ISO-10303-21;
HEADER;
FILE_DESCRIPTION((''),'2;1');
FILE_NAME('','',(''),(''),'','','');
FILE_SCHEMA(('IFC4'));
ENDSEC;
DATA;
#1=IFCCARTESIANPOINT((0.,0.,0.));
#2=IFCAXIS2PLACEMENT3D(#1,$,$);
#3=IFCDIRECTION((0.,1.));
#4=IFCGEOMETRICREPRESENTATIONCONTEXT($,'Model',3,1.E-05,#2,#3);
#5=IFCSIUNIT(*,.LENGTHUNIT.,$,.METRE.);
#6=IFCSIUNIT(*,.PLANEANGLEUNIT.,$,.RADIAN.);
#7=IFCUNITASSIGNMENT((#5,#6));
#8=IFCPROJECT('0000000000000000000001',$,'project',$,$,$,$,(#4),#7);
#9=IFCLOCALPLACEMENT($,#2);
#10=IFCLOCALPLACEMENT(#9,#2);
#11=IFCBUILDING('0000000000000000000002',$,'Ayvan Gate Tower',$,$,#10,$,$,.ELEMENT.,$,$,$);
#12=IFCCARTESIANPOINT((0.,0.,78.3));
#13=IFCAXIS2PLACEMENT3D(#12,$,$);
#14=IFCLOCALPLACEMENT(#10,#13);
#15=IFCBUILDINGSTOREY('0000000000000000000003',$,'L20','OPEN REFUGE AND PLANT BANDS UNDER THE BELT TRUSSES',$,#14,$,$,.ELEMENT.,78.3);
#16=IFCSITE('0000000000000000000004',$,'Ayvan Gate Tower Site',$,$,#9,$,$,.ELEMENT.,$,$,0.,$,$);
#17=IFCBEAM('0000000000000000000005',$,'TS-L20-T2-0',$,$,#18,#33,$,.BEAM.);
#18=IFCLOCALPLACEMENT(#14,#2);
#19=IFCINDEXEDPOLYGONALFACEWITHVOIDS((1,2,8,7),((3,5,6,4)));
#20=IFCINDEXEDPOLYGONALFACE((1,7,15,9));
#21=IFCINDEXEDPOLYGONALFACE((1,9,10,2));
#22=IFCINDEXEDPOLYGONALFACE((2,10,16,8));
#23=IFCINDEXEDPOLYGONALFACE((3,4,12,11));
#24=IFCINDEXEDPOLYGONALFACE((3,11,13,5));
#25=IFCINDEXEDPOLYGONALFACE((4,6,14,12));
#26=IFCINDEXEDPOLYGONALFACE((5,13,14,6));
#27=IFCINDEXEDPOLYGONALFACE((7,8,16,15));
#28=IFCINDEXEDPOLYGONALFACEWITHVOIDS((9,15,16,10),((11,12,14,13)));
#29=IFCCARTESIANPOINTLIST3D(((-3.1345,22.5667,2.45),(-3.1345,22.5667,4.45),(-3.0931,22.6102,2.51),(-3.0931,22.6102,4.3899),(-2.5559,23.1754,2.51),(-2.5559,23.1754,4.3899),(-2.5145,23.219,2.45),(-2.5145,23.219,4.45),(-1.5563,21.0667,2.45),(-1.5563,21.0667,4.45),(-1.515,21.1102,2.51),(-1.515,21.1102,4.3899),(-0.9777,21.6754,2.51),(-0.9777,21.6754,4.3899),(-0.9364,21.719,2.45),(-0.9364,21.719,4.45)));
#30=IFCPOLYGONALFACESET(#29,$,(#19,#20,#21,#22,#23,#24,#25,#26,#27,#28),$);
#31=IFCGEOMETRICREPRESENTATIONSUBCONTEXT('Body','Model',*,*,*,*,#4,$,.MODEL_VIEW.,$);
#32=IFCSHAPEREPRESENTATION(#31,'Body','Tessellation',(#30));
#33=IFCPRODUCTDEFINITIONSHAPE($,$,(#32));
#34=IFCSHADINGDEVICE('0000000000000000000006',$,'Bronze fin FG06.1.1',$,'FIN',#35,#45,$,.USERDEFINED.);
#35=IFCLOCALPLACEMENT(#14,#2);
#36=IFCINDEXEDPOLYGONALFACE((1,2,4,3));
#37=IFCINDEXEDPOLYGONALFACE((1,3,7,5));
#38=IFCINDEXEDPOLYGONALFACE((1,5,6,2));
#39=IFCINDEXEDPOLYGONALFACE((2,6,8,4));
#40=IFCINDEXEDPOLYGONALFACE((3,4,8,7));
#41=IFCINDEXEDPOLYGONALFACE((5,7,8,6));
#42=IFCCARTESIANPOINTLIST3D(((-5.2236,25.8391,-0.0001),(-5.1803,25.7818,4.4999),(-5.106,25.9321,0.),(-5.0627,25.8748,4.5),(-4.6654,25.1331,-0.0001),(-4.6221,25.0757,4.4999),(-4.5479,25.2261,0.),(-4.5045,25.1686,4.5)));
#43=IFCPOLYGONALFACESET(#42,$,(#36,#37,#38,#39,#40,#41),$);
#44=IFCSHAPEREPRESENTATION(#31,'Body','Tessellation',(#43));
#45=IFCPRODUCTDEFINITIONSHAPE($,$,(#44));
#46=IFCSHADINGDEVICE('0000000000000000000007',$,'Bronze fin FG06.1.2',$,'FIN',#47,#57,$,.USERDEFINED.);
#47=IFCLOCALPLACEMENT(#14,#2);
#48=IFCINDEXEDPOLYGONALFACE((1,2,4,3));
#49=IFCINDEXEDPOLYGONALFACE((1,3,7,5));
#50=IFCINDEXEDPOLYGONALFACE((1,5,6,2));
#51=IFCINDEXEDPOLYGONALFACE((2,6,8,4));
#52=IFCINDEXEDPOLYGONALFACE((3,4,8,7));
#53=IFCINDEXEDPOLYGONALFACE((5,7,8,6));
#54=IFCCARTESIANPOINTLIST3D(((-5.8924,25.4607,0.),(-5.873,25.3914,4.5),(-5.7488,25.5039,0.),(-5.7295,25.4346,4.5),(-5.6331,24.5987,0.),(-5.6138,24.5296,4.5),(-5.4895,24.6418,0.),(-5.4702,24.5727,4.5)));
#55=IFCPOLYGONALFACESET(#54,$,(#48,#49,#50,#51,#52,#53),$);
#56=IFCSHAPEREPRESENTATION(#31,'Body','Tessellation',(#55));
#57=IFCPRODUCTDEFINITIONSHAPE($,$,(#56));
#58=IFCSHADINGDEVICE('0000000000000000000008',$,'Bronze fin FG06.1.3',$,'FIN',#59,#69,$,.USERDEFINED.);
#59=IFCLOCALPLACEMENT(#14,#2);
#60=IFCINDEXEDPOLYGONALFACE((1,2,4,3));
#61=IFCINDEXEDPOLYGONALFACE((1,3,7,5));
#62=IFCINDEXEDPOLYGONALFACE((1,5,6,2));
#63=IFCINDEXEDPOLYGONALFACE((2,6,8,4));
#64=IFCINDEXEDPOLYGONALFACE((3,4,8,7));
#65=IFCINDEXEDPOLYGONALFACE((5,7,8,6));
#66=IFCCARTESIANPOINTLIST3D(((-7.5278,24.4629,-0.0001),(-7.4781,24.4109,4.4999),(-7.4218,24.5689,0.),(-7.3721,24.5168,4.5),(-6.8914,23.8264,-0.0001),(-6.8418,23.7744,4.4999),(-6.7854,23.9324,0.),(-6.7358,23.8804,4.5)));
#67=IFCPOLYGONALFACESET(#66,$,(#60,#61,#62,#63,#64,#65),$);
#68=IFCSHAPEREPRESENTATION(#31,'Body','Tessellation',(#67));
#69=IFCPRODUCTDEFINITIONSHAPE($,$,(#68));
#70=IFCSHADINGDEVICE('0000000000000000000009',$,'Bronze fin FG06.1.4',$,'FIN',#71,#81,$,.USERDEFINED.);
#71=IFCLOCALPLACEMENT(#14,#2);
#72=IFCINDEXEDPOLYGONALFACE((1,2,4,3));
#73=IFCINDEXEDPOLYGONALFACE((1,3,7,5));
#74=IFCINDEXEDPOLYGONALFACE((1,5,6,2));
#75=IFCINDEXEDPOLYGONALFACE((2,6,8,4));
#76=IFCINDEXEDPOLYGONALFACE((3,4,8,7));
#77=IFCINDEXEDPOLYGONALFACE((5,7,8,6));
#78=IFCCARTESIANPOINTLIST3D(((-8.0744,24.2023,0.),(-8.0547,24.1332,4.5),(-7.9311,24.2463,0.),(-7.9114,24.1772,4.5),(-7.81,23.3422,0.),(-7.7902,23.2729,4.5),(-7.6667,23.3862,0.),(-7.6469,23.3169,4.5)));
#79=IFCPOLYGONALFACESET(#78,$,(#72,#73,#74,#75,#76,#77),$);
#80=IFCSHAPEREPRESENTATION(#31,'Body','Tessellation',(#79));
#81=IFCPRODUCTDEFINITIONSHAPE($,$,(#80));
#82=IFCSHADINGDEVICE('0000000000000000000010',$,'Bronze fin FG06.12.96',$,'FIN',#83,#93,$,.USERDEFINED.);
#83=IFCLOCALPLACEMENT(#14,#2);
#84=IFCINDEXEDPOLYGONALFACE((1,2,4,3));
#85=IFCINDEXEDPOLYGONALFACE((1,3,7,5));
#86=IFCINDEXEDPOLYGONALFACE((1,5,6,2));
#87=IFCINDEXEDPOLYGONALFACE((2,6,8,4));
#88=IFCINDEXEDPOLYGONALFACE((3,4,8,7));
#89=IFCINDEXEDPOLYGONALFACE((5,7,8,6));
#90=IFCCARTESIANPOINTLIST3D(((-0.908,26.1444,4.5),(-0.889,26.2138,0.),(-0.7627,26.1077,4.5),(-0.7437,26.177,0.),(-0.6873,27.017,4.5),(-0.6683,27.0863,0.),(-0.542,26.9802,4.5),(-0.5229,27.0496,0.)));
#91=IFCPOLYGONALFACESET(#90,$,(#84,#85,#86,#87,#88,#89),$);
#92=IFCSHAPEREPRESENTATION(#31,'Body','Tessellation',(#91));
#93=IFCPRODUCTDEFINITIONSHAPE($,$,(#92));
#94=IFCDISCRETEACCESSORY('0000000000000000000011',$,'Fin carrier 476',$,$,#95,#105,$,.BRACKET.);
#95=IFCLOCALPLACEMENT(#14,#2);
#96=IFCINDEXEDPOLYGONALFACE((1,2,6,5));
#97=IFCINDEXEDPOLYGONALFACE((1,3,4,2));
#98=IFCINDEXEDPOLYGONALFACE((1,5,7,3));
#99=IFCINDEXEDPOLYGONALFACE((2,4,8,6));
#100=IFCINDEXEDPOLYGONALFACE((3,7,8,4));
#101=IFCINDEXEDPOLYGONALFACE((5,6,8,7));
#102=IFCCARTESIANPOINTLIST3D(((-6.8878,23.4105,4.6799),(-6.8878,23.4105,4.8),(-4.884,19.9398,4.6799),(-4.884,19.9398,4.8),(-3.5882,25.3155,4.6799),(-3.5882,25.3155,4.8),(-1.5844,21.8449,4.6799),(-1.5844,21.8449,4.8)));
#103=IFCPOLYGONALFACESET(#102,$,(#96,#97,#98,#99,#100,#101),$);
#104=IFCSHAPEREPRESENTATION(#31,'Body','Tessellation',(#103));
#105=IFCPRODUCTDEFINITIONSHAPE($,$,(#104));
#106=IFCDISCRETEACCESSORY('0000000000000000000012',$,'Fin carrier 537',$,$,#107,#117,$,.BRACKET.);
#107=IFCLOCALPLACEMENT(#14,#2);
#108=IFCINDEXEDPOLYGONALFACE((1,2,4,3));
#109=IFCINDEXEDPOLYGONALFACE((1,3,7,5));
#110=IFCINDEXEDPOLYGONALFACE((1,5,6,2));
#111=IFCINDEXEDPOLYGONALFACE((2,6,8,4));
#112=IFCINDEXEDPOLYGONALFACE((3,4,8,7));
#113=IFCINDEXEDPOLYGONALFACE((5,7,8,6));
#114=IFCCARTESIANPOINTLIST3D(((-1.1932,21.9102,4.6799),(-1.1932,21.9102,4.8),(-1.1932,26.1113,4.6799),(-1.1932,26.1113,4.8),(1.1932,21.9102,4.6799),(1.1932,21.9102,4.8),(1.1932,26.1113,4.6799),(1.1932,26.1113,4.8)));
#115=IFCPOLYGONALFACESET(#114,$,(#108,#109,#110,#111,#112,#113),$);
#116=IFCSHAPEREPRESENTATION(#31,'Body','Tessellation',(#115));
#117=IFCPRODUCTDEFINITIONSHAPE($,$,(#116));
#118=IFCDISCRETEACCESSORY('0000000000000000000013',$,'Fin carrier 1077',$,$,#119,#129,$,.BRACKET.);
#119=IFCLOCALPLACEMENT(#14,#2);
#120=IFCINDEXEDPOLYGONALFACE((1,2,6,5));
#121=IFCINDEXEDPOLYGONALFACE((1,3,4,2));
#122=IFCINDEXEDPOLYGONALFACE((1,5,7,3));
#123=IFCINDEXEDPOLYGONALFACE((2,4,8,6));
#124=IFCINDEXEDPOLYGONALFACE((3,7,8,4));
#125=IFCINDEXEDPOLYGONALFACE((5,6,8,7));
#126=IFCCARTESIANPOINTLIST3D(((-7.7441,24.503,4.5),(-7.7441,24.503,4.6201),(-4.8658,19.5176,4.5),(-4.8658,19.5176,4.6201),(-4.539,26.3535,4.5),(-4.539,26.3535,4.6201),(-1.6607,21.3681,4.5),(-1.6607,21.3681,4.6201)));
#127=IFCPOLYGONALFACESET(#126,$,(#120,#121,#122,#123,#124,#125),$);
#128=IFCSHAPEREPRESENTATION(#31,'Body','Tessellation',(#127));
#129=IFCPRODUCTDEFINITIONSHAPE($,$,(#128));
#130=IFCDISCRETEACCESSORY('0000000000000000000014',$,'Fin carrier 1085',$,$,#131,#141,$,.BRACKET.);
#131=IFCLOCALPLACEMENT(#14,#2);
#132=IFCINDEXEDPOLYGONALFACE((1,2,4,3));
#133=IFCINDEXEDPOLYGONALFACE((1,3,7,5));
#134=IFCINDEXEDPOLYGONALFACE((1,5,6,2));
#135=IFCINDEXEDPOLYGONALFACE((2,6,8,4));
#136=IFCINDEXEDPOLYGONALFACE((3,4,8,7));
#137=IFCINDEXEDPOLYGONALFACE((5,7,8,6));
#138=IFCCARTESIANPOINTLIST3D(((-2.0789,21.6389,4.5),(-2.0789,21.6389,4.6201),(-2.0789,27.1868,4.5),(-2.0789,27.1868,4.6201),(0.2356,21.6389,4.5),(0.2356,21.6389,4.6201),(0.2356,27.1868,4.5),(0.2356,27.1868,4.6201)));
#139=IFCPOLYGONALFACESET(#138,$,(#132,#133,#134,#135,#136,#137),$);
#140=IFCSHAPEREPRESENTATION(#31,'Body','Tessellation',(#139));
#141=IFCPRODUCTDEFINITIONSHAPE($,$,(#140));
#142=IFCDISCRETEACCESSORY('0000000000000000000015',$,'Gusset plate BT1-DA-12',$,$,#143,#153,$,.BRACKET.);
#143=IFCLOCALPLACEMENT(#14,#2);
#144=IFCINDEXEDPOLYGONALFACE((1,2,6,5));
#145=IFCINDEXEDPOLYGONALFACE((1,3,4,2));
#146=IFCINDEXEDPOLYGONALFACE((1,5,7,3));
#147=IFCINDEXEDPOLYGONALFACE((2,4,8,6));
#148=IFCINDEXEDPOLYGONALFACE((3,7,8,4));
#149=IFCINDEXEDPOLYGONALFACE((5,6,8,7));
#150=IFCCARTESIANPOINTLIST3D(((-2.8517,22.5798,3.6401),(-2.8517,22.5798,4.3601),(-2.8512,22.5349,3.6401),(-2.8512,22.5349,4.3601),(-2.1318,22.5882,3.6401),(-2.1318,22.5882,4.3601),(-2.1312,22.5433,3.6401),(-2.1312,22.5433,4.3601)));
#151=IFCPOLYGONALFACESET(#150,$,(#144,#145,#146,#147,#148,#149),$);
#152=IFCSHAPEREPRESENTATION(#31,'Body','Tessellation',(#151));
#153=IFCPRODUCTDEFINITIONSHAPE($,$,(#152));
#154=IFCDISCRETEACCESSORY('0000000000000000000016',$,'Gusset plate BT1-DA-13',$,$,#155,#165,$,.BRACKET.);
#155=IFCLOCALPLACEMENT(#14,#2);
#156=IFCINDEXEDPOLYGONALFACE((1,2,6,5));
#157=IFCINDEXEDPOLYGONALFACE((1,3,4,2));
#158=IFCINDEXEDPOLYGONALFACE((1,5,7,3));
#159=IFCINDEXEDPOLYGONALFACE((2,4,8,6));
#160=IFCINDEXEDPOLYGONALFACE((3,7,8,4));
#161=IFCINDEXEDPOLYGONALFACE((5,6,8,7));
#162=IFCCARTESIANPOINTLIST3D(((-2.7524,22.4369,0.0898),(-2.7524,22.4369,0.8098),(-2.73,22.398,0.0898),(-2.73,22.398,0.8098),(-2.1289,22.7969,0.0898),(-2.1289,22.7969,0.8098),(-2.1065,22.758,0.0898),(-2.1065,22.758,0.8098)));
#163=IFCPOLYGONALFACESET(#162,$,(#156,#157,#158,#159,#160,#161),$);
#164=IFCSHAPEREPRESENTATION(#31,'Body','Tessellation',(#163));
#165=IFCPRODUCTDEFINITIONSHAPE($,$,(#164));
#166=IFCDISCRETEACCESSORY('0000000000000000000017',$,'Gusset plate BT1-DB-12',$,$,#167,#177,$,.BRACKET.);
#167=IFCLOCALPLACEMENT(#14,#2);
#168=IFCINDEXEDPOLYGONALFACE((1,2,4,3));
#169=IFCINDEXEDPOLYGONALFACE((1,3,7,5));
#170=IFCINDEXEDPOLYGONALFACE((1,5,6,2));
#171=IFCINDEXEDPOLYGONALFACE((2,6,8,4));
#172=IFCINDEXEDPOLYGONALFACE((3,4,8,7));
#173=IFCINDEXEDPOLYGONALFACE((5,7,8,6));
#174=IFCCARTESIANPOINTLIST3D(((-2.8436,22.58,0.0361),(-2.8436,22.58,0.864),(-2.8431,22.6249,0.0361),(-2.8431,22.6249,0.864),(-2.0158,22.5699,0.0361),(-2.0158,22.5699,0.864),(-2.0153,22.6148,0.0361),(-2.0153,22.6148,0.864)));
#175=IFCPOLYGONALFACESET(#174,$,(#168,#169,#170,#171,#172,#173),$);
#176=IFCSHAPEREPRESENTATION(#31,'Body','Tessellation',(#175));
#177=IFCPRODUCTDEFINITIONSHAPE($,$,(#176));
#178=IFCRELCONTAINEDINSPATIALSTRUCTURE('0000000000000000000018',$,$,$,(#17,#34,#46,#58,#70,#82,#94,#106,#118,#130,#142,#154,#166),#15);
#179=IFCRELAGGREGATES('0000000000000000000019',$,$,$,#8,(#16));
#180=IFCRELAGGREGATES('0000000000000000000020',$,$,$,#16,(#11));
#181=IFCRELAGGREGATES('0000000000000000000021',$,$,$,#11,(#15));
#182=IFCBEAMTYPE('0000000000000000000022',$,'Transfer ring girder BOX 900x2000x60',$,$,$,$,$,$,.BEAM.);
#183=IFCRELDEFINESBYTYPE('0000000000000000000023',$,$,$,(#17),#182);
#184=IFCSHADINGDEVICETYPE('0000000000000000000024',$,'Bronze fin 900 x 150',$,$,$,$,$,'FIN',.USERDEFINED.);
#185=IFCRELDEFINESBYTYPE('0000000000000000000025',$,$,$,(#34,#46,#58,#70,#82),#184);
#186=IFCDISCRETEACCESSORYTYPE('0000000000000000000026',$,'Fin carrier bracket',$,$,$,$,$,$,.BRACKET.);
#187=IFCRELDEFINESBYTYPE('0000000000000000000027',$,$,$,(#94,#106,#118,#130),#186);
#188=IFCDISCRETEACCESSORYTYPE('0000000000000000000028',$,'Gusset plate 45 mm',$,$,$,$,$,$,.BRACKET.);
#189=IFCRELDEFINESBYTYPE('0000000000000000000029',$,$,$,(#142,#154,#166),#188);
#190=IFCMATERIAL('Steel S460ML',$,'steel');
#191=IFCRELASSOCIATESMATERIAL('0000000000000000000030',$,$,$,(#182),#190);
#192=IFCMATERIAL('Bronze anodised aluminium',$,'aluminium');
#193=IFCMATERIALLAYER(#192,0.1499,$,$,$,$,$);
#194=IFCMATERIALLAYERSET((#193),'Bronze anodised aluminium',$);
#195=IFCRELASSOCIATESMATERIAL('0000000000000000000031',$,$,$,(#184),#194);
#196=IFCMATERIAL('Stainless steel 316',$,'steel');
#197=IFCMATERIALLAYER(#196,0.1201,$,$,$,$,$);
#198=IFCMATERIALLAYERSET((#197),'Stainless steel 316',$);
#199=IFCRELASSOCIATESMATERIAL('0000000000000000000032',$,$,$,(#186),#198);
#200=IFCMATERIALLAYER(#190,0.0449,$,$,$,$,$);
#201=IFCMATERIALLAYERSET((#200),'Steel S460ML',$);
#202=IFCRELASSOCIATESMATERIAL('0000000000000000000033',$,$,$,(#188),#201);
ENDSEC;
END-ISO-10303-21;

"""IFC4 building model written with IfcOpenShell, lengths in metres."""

from ifc_helpers import new_model, si_unit, direction, frame, origin, origin_2d, place, context, subcontext, project, spatial, polyline, rectangle, hollow_rectangle, outline, extrude, material, layer, layer_set, material_profile, profile_set, type_object, element, save


model = new_model("IFC4")

# Units and contexts
model_context = context("Model", 3, precision=1e-05, world=origin(), true_north=direction((0.0, 1.0)))
body_context = subcontext(model_context, "Body", "Model", "MODEL_VIEW")
ifc_project = project(units=[si_unit("LENGTHUNIT", "METRE"), si_unit("PLANEANGLEUNIT", "RADIAN")], contexts=[model_context])

# Site, building, storey
site_placement = place(None, origin())
site = spatial("IfcSite", under=ifc_project, at=site_placement, Name="Ayvan Gate Tower Site", CompositionType="ELEMENT", RefElevation=0.0)
building_placement = place(site_placement, origin())
building = spatial("IfcBuilding", under=site, at=building_placement, Name="Ayvan Gate Tower", CompositionType="ELEMENT")
storey_placement = place(building_placement, frame((0.0, 0.0, 78.3)))
storey = spatial("IfcBuildingStorey", under=building, at=storey_placement, Name="L20", Description="OPEN REFUGE AND PLANT BANDS UNDER THE BELT TRUSSES", CompositionType="ELEMENT", Elevation=78.3)

# Shared definitions
ifc_material_1 = material(Name="Steel S460ML", Category="steel")

# Beam
ifc_material_profile_1 = material_profile(ifc_material_1, hollow_rectangle(XDim=0.8999, YDim=2.0, WallThickness=0.0601, at=origin_2d()), Name="BOX 900x2000x60")
ifc_profile_set_1 = profile_set([ifc_material_profile_1], Name="Steel S460ML")
beam_type_1 = type_object("IfcBeamType", Name="Transfer ring girder BOX 900x2000x60", PredefinedType="BEAM", material=ifc_profile_set_1)
beam_1_placement = place(storey_placement, frame((-2.8245, 22.8928, 3.45), z_axis=(0.72482, -0.688938, 0.0), x_axis=(0.688938, 0.72482, 0.0)))
element("IfcBeam", 1, at=beam_1_placement, inside=storey, type_object=beam_type_1, Name="TS-L20-T2-0", PredefinedType="BEAM", context=body_context, shape_type="SweptSolid", body=[
    extrude(hollow_rectangle(XDim=0.8999, YDim=2.0, WallThickness=0.0601, at=origin_2d()), origin(), (0.0, 0.0, 1.0), 2.1772),
])

# Shading devices
ifc_material_2 = material(Name="Bronze anodised aluminium", Category="aluminium")
ifc_layer_1 = layer(ifc_material_2, 0.1499)
ifc_layer_set_1 = layer_set([ifc_layer_1], Name="Bronze anodised aluminium")
shading_device_type = type_object("IfcShadingDeviceType", Name="Bronze fin 900 x 150", ElementType="FIN", PredefinedType="USERDEFINED", material=ifc_layer_set_1)
shading_device_1_placement = place(storey_placement, frame((-4.5479, 25.2261, 0.0), z_axis=(0.784442, 0.620203, 0.000353), x_axis=(-0.620203, 0.784442, 0.0)))
element("IfcShadingDevice", 2, at=shading_device_1_placement, inside=storey, type_object=shading_device_type, Name="Bronze fin FG06.1.1", ObjectType="FIN", PredefinedType="USERDEFINED", context=body_context, shape_type="SweptSolid", body=[
    extrude(outline(polyline([(0.0, 0.0), (0.9, 0.0), (0.8282, 4.5), (-0.072, 4.5), (0.0, 0.0)])), origin(), (0.0, 0.0, -1.0), 0.1499),
])
shading_device_2_placement = place(storey_placement, frame((-5.4895, 24.6418, 0.0), z_axis=(0.957613, 0.288057, 0.000326), x_axis=(-0.288057, 0.957613, 0.0)))
element("IfcShadingDevice", 3, at=shading_device_2_placement, inside=storey, type_object=shading_device_type, Name="Bronze fin FG06.1.2", ObjectType="FIN", PredefinedType="USERDEFINED", context=body_context, shape_type="SweptSolid", body=[
    extrude(outline(polyline([(0.0, 0.0), (0.9002, 0.0), (0.8283, 4.5), (-0.0717, 4.5), (0.0, 0.0)])), origin(), (0.0, 0.0, -1.0), 0.1499),
])
shading_device_3_placement = place(storey_placement, frame((-6.7854, 23.9324, 0.0), z_axis=(0.707175, 0.707039, 0.000363), x_axis=(-0.707039, 0.707175, 0.0)))
element("IfcShadingDevice", 4, at=shading_device_3_placement, inside=storey, type_object=shading_device_type, Name="Bronze fin FG06.1.3", ObjectType="FIN", PredefinedType="USERDEFINED", context=body_context, shape_type="SweptSolid", body=[
    extrude(outline(polyline([(0.0, 0.0), (0.9001, 0.0), (0.8281, 4.5), (-0.0718, 4.5), (0.0, 0.0)])), origin(), (0.0, 0.0, -1.0), 0.1499),
])
shading_device_4_placement = place(storey_placement, frame((-7.6667, 23.3862, 0.0), z_axis=(0.955867, 0.2938, 0.000318), x_axis=(-0.2938, 0.955867, 0.0)))
element("IfcShadingDevice", 5, at=shading_device_4_placement, inside=storey, type_object=shading_device_type, Name="Bronze fin FG06.1.4", ObjectType="FIN", PredefinedType="USERDEFINED", context=body_context, shape_type="SweptSolid", body=[
    extrude(outline(polyline([(0.0, 0.0), (0.8998, 0.0), (0.828, 4.5), (-0.0721, 4.5), (0.0, 0.0)])), origin(), (0.0, 0.0, -1.0), 0.1499),
])
shading_device_5_placement = place(storey_placement, frame((-0.7437, 26.177, 0.0), z_axis=(0.969469, -0.245215, 0.000324), x_axis=(0.245215, 0.969469, 0.0)))
element("IfcShadingDevice", 6, at=shading_device_5_placement, inside=storey, type_object=shading_device_type, Name="Bronze fin FG06.12.96", ObjectType="FIN", PredefinedType="USERDEFINED", context=body_context, shape_type="SweptSolid", body=[
    extrude(outline(polyline([(0.0, 0.0), (0.9, 0.0), (0.8281, 4.5), (-0.0719, 4.5), (0.0, 0.0)])), origin(), (0.0, 0.0, -1.0), 0.1499),
])

# Discrete accessories
ifc_material_3 = material(Name="Stainless steel 316", Category="steel")
ifc_layer_2 = layer(ifc_material_3, 0.1201)
ifc_layer_set_2 = layer_set([ifc_layer_2], Name="Stainless steel 316")
discrete_accessory_type_1 = type_object("IfcDiscreteAccessoryType", Name="Fin carrier bracket", PredefinedType="BRACKET", material=ifc_layer_set_2)
discrete_accessory_1_placement = place(storey_placement, frame((-4.2361, 22.6277, 4.6799), z_axis=(0.0, 0.0, 1.0), x_axis=(-0.866025, -0.5, 0.0)))
element("IfcDiscreteAccessory", 7, at=discrete_accessory_1_placement, inside=storey, type_object=discrete_accessory_type_1, Name="Fin carrier 476", PredefinedType="BRACKET", context=body_context, shape_type="SweptSolid", body=[
    extrude(rectangle(XDim=3.8101, YDim=4.0076, at=origin_2d()), origin(), (0.0, 0.0, 1.0), 0.1201),
])
discrete_accessory_2_placement = place(storey_placement, frame((0.0, 24.0107, 4.6799), z_axis=(0.0, 0.0, 1.0), x_axis=(-1.0, 0.0, 0.0)))
element("IfcDiscreteAccessory", 8, at=discrete_accessory_2_placement, inside=storey, type_object=discrete_accessory_type_1, Name="Fin carrier 537", PredefinedType="BRACKET", context=body_context, shape_type="SweptSolid", body=[
    extrude(rectangle(XDim=2.3865, YDim=4.2012, at=origin_2d()), origin(), (0.0, 0.0, 1.0), 0.1201),
])
discrete_accessory_3_placement = place(storey_placement, frame((-4.7024, 22.9355, 4.5), z_axis=(0.0, 0.0, 1.0), x_axis=(-0.866025, -0.5, 0.0)))
element("IfcDiscreteAccessory", 9, at=discrete_accessory_3_placement, inside=storey, type_object=discrete_accessory_type_1, Name="Fin carrier 1077", PredefinedType="BRACKET", context=body_context, shape_type="SweptSolid", body=[
    extrude(rectangle(XDim=3.7009, YDim=5.7566, at=origin_2d()), origin(), (0.0, 0.0, 1.0), 0.1201),
])
discrete_accessory_4_placement = place(storey_placement, frame((-0.9216, 24.4128, 4.5), z_axis=(0.0, 0.0, 1.0), x_axis=(-1.0, 0.0, 0.0)))
element("IfcDiscreteAccessory", 10, at=discrete_accessory_4_placement, inside=storey, type_object=discrete_accessory_type_1, Name="Fin carrier 1085", PredefinedType="BRACKET", context=body_context, shape_type="SweptSolid", body=[
    extrude(rectangle(XDim=2.3145, YDim=5.5479, at=origin_2d()), origin(), (0.0, 0.0, 1.0), 0.1201),
])
ifc_layer_3 = layer(ifc_material_1, 0.0449)
ifc_layer_set_3 = layer_set([ifc_layer_3], Name="Steel S460ML")
discrete_accessory_type_2 = type_object("IfcDiscreteAccessoryType", Name="Gusset plate 45 mm", PredefinedType="BRACKET", material=ifc_layer_set_3)
for number, where, z_axis, x_axis, name in (
    (11, (-2.4915, 22.5615, 3.6401), (0.0, 0.0, 1.0), (0.999932, 0.011683, 0.0), "Gusset plate BT1-DA-12"),
    (12, (-2.4294, 22.5974, 0.0898), (0.0, 0.0, 1.0), (0.866025, 0.5, 0.0), "Gusset plate BT1-DA-13"),
):
    element("IfcDiscreteAccessory", number, at=place(storey_placement, frame(where, z_axis=z_axis, x_axis=x_axis)), inside=storey, type_object=discrete_accessory_type_2, Name=name, PredefinedType="BRACKET", context=body_context, shape_type="SweptSolid", body=[
        extrude(rectangle(XDim=0.72, YDim=0.0449, at=origin_2d()), origin(), (0.0, 0.0, 1.0), 0.72),
    ])
discrete_accessory_5_placement = place(storey_placement, frame((-2.4294, 22.5974, 0.0361), z_axis=(0.0, 0.0, 1.0), x_axis=(-0.999926, 0.012175, 0.0)))
element("IfcDiscreteAccessory", 13, at=discrete_accessory_5_placement, inside=storey, type_object=discrete_accessory_type_2, Name="Gusset plate BT1-DB-12", PredefinedType="BRACKET", context=body_context, shape_type="SweptSolid", body=[
    extrude(rectangle(XDim=0.8279, YDim=0.0449, at=origin_2d()), origin(), (0.0, 0.0, 1.0), 0.8279),
])

save(model, "model.ifc")
